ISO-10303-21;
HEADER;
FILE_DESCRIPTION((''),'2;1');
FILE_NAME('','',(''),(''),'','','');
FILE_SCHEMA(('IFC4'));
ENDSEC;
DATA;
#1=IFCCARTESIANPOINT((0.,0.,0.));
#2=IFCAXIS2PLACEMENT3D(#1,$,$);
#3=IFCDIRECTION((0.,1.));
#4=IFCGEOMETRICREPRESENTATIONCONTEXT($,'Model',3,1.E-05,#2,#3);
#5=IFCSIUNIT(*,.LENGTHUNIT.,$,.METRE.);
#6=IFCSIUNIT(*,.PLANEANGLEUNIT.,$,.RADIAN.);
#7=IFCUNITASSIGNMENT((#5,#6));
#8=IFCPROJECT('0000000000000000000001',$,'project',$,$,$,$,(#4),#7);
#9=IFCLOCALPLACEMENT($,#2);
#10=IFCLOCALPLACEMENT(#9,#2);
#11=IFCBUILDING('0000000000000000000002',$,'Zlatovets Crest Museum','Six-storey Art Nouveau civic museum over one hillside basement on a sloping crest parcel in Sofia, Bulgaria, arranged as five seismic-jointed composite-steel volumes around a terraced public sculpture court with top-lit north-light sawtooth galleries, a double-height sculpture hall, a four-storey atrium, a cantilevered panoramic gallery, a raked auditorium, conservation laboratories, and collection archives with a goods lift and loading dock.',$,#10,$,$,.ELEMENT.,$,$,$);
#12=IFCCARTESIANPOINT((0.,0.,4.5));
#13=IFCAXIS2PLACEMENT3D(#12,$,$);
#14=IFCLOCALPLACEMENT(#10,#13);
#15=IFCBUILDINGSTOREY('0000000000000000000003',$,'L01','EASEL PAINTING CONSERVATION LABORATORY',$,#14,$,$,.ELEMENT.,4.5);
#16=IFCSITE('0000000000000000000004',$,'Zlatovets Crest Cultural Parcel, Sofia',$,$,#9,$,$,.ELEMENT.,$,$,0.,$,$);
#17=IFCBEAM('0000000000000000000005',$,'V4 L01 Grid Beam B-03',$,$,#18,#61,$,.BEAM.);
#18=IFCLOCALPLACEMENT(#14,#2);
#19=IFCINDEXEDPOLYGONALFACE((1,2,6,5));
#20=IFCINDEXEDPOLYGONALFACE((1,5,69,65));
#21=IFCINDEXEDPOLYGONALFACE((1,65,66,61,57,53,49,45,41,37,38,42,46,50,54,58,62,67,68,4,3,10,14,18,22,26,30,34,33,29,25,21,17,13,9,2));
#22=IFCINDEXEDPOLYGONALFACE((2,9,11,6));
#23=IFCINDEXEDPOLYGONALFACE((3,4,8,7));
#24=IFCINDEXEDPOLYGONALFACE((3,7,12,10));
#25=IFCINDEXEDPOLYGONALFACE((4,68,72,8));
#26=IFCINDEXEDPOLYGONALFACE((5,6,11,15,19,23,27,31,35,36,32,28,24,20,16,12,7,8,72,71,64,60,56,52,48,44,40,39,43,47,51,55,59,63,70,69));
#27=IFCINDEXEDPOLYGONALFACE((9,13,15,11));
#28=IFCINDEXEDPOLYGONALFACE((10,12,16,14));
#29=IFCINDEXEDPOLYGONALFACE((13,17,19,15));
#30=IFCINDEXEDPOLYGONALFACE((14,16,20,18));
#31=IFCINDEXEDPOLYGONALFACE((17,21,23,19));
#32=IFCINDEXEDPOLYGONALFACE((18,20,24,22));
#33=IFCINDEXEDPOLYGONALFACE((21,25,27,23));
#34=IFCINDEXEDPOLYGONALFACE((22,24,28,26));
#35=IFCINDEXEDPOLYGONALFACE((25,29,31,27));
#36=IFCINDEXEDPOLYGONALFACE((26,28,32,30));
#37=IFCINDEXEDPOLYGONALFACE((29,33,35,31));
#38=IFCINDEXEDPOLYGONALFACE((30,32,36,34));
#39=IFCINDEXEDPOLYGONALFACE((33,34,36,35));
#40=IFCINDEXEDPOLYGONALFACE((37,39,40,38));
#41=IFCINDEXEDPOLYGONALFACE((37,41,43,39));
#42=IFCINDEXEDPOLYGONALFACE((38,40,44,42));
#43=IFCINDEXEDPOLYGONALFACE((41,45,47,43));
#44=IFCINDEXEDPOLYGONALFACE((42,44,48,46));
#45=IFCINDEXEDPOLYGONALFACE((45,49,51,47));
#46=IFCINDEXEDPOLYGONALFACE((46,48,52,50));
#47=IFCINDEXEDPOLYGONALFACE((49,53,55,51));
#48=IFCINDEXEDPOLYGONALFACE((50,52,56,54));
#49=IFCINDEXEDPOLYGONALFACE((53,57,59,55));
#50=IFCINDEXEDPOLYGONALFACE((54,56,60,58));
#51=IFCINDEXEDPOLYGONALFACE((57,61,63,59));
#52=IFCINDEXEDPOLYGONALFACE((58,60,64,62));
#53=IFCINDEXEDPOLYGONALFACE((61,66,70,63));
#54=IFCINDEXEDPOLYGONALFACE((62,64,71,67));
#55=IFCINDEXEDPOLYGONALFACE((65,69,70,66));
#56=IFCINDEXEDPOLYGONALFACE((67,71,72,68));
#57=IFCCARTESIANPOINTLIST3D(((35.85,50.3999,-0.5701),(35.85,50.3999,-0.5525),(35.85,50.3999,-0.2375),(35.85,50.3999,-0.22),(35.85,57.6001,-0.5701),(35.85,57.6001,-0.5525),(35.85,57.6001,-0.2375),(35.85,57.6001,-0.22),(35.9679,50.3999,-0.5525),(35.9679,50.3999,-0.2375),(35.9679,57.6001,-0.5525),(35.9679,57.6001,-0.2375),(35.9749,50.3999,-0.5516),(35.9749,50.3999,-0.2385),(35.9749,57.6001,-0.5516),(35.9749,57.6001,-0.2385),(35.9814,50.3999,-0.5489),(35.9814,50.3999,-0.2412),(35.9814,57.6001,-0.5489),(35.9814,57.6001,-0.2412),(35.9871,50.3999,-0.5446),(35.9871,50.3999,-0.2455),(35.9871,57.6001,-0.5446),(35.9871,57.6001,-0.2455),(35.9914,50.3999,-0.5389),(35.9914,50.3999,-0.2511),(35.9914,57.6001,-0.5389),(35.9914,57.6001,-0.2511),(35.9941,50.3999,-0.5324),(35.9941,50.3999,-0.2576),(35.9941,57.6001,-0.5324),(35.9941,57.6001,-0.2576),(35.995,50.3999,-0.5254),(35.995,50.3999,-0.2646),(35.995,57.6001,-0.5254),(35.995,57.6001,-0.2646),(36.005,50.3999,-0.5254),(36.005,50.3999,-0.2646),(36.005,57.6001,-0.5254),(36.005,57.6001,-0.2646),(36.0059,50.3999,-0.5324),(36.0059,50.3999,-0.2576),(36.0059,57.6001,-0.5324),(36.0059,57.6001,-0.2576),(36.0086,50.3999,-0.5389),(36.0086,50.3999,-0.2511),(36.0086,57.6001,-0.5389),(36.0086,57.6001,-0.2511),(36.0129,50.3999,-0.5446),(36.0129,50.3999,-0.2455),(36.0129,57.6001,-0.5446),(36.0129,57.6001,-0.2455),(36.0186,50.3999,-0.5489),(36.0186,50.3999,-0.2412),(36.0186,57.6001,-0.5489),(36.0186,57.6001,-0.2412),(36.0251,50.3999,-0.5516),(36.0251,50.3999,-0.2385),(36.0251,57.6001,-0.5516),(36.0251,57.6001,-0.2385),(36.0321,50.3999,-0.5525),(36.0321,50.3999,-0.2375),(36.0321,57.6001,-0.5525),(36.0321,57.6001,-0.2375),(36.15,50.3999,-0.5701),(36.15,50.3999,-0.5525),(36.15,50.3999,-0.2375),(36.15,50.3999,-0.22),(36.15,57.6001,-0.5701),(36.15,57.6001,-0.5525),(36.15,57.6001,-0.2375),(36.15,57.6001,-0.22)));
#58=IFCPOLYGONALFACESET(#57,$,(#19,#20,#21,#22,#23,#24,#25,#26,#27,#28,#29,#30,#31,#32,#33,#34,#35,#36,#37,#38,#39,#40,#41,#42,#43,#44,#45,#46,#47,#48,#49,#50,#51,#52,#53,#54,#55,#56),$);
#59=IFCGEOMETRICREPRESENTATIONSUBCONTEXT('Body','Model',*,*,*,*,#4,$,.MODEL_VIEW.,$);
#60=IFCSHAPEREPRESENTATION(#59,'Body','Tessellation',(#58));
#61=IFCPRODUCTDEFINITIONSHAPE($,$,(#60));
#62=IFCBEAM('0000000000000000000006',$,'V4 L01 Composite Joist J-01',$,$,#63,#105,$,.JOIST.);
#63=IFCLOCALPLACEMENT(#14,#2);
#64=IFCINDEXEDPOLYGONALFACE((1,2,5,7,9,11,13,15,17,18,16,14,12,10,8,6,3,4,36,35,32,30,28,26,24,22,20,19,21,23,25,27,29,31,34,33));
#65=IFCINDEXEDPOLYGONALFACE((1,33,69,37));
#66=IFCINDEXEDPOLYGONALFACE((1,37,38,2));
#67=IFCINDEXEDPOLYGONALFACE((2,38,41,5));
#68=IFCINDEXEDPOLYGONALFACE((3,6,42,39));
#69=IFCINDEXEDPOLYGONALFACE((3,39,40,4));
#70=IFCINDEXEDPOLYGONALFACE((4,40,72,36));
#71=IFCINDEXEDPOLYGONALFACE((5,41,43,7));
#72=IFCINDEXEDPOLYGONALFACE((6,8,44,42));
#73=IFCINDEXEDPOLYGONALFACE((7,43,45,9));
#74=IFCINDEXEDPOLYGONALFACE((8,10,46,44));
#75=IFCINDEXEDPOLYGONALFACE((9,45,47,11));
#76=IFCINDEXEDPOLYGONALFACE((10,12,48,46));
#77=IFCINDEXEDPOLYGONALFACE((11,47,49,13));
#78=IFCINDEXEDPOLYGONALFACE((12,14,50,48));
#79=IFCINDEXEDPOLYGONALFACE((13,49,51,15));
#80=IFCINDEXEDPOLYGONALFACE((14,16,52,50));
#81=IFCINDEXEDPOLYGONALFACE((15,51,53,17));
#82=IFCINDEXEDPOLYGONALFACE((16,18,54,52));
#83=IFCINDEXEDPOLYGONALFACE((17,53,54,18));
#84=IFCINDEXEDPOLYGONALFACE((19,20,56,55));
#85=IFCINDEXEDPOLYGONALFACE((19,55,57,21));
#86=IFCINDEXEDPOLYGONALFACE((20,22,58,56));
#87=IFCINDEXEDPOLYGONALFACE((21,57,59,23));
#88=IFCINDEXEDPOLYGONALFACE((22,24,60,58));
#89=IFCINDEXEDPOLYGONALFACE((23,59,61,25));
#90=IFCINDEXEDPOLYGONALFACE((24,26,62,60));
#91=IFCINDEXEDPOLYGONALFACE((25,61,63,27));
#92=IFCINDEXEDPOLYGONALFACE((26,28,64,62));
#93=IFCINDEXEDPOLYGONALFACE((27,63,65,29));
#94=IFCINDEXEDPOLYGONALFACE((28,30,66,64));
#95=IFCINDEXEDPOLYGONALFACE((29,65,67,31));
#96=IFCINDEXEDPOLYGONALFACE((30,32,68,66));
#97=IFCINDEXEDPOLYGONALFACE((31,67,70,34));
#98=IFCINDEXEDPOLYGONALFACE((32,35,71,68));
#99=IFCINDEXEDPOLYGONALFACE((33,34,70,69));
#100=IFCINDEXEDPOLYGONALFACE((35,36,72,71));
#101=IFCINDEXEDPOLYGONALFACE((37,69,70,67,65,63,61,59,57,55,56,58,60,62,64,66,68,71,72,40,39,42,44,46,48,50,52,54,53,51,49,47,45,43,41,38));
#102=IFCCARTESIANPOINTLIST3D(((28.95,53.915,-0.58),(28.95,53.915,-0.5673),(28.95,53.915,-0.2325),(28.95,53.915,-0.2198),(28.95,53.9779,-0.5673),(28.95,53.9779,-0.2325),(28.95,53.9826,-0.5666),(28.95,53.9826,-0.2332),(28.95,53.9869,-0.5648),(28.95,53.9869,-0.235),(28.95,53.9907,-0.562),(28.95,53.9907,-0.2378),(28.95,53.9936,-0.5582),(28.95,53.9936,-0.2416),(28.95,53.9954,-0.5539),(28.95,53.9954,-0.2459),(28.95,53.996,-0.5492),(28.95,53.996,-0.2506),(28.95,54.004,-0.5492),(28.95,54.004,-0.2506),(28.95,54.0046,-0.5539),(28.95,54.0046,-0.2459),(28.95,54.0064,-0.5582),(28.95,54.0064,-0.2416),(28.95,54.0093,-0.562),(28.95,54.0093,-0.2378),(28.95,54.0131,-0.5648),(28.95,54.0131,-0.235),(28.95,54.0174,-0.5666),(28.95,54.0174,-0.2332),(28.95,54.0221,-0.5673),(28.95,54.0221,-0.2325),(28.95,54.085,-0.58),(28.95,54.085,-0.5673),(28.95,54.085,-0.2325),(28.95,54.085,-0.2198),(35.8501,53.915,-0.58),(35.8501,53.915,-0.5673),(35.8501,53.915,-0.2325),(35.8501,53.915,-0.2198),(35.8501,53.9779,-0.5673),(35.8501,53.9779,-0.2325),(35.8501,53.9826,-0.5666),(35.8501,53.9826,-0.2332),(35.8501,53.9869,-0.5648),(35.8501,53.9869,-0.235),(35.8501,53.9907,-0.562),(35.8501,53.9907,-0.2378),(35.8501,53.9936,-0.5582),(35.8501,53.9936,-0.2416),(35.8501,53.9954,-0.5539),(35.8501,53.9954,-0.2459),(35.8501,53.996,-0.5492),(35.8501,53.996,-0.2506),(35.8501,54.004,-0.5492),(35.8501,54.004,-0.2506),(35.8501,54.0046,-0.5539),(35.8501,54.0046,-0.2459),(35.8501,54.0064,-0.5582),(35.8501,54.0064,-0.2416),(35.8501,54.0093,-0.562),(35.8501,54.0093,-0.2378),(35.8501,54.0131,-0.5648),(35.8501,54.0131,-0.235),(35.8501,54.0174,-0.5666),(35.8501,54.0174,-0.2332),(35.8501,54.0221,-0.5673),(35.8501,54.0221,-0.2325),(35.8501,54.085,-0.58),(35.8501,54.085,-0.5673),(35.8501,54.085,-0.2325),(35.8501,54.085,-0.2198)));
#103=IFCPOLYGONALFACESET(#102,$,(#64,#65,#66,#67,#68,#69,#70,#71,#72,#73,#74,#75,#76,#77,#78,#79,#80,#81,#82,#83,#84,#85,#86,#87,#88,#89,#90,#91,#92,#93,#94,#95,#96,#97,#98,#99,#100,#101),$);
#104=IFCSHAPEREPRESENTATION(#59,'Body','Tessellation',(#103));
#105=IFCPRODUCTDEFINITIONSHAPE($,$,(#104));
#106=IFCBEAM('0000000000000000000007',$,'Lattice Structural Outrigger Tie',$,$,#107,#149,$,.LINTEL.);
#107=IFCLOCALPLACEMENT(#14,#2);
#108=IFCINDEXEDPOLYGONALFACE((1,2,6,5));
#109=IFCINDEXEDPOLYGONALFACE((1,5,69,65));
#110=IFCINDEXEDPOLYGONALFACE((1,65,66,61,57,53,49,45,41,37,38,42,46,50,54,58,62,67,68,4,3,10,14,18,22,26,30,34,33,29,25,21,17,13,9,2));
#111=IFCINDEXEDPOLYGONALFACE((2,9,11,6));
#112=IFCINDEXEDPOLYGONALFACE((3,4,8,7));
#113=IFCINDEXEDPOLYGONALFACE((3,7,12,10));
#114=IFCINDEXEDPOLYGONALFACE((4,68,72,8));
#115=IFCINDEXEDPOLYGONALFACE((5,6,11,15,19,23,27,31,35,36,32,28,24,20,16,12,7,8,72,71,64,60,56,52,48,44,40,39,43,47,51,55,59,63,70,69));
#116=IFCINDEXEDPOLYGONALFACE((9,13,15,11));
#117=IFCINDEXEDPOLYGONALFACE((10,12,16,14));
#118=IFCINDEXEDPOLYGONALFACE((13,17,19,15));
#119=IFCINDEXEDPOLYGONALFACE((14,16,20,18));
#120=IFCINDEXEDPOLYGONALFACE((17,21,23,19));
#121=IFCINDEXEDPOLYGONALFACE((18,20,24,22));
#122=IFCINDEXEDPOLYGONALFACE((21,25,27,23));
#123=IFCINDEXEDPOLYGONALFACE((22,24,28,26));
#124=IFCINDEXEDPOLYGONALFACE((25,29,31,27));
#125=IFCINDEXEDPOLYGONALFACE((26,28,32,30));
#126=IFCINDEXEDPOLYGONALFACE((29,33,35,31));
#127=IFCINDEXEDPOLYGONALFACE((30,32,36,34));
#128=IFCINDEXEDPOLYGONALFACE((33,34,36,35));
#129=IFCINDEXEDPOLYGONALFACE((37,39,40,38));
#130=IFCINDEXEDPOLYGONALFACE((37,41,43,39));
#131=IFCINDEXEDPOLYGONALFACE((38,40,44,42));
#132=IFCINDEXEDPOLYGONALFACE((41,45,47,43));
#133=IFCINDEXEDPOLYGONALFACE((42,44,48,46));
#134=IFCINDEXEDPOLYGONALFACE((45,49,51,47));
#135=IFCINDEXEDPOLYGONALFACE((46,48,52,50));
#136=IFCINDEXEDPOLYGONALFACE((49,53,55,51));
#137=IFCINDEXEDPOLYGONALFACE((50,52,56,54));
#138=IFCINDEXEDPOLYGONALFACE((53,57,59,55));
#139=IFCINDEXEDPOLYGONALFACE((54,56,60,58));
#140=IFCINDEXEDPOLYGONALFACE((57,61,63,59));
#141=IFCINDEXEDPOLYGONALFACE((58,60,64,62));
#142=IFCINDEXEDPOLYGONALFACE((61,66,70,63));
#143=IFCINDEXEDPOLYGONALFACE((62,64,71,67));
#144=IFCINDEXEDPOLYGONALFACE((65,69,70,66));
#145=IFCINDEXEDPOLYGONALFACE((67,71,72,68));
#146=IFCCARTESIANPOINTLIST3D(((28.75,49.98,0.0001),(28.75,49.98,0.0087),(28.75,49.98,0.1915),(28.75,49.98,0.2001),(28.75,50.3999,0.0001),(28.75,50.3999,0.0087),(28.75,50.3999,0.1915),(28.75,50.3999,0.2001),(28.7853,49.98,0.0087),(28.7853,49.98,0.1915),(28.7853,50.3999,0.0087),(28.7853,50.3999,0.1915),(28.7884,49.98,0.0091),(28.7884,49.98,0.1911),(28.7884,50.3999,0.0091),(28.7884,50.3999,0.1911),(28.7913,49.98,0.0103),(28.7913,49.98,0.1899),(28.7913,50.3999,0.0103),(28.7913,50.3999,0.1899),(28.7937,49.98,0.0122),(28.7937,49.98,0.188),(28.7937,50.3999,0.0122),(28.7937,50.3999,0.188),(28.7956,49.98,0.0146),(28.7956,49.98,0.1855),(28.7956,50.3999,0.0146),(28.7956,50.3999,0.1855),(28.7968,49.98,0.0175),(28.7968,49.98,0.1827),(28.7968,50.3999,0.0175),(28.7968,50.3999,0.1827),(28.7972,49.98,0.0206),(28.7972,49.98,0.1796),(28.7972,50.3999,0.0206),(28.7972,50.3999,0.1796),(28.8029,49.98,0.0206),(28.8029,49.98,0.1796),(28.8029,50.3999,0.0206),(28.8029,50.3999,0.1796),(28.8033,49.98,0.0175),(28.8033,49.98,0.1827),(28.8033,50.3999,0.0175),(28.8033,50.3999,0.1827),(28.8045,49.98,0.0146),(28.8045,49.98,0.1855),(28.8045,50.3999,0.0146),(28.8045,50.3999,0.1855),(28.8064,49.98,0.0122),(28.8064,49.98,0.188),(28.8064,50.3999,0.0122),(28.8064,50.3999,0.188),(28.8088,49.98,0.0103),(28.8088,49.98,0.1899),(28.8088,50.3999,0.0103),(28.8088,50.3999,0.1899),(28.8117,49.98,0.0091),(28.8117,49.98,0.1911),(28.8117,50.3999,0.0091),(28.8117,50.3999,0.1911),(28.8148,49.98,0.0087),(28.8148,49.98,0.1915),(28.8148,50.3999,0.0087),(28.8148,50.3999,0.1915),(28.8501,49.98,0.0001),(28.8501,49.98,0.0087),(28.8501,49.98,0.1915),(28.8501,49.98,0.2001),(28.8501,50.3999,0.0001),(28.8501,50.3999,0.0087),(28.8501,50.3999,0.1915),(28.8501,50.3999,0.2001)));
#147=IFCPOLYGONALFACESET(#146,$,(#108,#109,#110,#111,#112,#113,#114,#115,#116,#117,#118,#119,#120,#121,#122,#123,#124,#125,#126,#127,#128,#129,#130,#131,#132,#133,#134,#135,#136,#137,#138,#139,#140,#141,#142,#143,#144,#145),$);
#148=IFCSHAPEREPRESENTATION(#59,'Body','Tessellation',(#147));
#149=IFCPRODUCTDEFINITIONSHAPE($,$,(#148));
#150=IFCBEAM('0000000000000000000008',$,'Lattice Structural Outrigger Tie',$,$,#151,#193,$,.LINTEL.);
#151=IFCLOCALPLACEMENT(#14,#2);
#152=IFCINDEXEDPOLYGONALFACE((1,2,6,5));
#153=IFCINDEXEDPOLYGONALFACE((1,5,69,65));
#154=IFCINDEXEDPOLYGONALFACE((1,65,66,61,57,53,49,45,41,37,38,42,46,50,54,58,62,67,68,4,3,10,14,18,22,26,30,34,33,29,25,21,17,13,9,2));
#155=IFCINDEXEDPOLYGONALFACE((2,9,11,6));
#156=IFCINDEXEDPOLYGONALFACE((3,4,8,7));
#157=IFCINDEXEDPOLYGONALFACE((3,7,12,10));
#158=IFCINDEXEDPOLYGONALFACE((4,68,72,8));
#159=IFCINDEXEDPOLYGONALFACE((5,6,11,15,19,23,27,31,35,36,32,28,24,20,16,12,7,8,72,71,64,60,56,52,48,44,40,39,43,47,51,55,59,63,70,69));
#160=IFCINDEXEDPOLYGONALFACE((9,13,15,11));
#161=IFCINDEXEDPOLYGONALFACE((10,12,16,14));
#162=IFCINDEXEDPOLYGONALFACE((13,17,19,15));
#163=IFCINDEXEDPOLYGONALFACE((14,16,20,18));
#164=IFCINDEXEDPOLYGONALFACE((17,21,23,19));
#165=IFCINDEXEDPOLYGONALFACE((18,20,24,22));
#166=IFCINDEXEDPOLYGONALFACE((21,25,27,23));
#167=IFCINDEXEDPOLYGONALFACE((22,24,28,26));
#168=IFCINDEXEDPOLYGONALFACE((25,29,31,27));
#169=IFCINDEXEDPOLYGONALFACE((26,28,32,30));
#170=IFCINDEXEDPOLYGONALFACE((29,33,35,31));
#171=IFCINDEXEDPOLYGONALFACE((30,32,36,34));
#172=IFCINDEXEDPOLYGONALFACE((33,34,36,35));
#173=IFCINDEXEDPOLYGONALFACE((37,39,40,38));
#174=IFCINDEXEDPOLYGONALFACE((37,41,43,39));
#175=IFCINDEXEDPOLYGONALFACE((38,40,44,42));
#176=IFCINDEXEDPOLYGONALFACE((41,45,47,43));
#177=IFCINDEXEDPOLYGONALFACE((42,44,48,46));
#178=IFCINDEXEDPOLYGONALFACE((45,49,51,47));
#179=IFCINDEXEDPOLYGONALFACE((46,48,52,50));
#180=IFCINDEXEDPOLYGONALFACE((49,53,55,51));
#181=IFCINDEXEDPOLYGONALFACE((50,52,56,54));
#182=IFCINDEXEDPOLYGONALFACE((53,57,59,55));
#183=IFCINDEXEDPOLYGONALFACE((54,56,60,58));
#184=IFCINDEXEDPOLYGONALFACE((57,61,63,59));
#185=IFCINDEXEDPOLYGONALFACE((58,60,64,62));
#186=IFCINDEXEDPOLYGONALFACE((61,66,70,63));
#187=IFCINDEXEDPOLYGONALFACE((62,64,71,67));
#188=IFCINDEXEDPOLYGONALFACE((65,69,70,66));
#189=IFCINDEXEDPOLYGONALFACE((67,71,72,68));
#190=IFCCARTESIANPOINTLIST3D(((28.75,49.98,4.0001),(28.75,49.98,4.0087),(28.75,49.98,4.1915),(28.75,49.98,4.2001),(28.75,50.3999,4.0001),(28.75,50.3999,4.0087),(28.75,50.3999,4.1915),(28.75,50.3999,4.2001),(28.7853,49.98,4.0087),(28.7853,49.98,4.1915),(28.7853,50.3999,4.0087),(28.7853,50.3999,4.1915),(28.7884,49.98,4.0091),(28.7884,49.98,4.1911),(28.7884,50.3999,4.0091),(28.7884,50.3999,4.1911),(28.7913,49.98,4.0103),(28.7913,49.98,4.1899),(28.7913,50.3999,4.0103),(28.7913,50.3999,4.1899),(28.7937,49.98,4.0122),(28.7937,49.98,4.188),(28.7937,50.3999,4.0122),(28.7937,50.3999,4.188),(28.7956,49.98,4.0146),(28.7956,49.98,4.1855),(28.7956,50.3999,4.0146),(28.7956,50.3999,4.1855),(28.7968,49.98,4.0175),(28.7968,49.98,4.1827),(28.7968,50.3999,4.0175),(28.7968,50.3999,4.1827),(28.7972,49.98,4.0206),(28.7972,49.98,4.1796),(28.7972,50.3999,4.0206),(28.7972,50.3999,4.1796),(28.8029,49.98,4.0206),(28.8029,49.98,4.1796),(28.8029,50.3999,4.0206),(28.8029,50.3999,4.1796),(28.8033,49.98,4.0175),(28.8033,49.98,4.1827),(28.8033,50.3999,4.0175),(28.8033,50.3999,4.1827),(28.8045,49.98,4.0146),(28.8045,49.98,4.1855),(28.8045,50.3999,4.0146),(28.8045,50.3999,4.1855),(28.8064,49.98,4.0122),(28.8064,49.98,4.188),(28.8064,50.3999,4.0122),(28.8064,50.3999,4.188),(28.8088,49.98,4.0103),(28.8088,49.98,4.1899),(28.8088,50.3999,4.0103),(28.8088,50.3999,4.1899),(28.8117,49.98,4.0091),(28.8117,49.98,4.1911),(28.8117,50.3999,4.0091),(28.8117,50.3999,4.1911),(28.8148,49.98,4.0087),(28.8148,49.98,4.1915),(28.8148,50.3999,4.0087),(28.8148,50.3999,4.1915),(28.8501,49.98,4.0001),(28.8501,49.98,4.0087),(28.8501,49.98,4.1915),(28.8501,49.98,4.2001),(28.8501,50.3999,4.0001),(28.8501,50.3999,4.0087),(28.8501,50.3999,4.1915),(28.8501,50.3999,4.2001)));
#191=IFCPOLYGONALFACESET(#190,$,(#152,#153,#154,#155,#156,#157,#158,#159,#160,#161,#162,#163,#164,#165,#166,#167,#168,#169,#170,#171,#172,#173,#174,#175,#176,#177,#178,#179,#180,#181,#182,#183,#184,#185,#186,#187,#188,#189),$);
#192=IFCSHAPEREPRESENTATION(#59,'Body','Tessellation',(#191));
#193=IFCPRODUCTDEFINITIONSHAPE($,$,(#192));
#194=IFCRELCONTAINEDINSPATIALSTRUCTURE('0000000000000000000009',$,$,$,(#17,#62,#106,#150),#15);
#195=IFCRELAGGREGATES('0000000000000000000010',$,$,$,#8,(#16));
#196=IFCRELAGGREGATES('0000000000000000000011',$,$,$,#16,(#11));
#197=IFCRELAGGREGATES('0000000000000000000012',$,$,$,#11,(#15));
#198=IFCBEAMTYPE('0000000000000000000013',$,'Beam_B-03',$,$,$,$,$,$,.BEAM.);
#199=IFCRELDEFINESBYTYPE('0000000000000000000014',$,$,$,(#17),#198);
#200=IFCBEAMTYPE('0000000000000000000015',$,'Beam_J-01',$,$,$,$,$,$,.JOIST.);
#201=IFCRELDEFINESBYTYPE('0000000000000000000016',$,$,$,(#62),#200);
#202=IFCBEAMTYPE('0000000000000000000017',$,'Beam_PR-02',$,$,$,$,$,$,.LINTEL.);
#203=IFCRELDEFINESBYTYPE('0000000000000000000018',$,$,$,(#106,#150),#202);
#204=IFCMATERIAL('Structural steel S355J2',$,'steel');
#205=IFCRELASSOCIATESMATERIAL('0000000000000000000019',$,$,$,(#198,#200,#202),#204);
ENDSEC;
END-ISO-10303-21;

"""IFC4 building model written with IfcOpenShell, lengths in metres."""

from ifc_helpers import new_model, si_unit, direction, frame, origin, origin_2d, place, context, subcontext, project, spatial, i_section, extrude, material, material_profile, profile_set, type_object, element, save


model = new_model("IFC4")

# Units and contexts
model_context = context("Model", 3, precision=1e-05, world=origin(), true_north=direction((0.0, 1.0)))
body_context = subcontext(model_context, "Body", "Model", "MODEL_VIEW")
ifc_project = project(units=[si_unit("LENGTHUNIT", "METRE"), si_unit("PLANEANGLEUNIT", "RADIAN")], contexts=[model_context])

# Site, building, storey
site_placement = place(None, origin())
site = spatial("IfcSite", under=ifc_project, at=site_placement, Name="Zlatovets Crest Cultural Parcel, Sofia", CompositionType="ELEMENT", RefElevation=0.0)
building_placement = place(site_placement, origin())
building = spatial("IfcBuilding", under=site, at=building_placement, Name="Zlatovets Crest Museum", Description="Six-storey Art Nouveau civic museum over one hillside basement on a sloping crest parcel in Sofia, Bulgaria, arranged as five seismic-jointed composite-steel volumes around a terraced public sculpture court with top-lit north-light sawtooth galleries, a double-height sculpture hall, a four-storey atrium, a cantilevered panoramic gallery, a raked auditorium, conservation laboratories, and collection archives with a goods lift and loading dock.", CompositionType="ELEMENT")
storey_placement = place(building_placement, frame((0.0, 0.0, 4.5)))
storey = spatial("IfcBuildingStorey", under=building, at=storey_placement, Name="L01", Description="EASEL PAINTING CONSERVATION LABORATORY", CompositionType="ELEMENT", Elevation=4.5)

# Shared definitions
ifc_material_1 = material(Name="Structural steel S355J2", Category="steel")

# Beams
ifc_material_profile_1 = material_profile(ifc_material_1, i_section(OverallWidth=0.3, OverallDepth=0.3501, WebThickness=0.01, FlangeThickness=0.0176, FilletRadius=0.0271, at=origin_2d()), Name="HEA 360")
ifc_profile_set_1 = profile_set([ifc_material_profile_1], Name="Structural steel S355J2")
beam_type_1 = type_object("IfcBeamType", Name="Beam_B-03", PredefinedType="BEAM", material=ifc_profile_set_1)
for number, where, z_axis, x_axis, name in (
    (1, (36.0, 50.3999, -0.395), (0.0, 1.0, 0.0), (-1.0, 0.0, 0.0), "V4 L01 Grid Beam B-03"),
):
    element("IfcBeam", number, at=place(storey_placement, frame(where, z_axis=z_axis, x_axis=x_axis)), inside=storey, type_object=beam_type_1, Name=name, PredefinedType="BEAM", context=body_context, shape_type="SweptSolid", body=[
        extrude(i_section(OverallWidth=0.3, OverallDepth=0.3501, WebThickness=0.01, FlangeThickness=0.0176, FilletRadius=0.0271, at=origin_2d()), origin(), (0.0, 0.0, 1.0), 7.2002),
    ])
ifc_material_profile_2 = material_profile(ifc_material_1, i_section(OverallWidth=0.1699, OverallDepth=0.3601, WebThickness=0.0081, FlangeThickness=0.0127, FilletRadius=0.0181, at=origin_2d()), Name="IPE 360")
ifc_profile_set_2 = profile_set([ifc_material_profile_2], Name="Structural steel S355J2")
beam_type_2 = type_object("IfcBeamType", Name="Beam_J-01", PredefinedType="JOIST", material=ifc_profile_set_2)
beam_1_placement = place(storey_placement, frame((28.95, 54.0, -0.3999), z_axis=(1.0, 0.0, 0.0), x_axis=(0.0, 1.0, 0.0)))
element("IfcBeam", 2, at=beam_1_placement, inside=storey, type_object=beam_type_2, Name="V4 L01 Composite Joist J-01", PredefinedType="JOIST", context=body_context, shape_type="SweptSolid", body=[
    extrude(i_section(OverallWidth=0.1699, OverallDepth=0.3601, WebThickness=0.0081, FlangeThickness=0.0127, FilletRadius=0.0181, at=origin_2d()), origin(), (0.0, 0.0, 1.0), 6.9001),
])
ifc_material_profile_3 = material_profile(ifc_material_1, i_section(OverallWidth=0.1001, OverallDepth=0.2, WebThickness=0.0056, FlangeThickness=0.0085, FilletRadius=0.012, at=origin_2d()), Name="IPE 200")
ifc_profile_set_3 = profile_set([ifc_material_profile_3], Name="Structural steel S355J2")
beam_type_3 = type_object("IfcBeamType", Name="Beam_PR-02", PredefinedType="LINTEL", material=ifc_profile_set_3)
for number, where, z_axis, x_axis, name in (
    (3, (28.8, 50.3999, 0.1001), (0.0, -1.0, 0.0), (1.0, 0.0, 0.0), "Lattice Structural Outrigger Tie"),
    (4, (28.8, 50.3999, 4.1001), (0.0, -1.0, 0.0), (1.0, 0.0, 0.0), "Lattice Structural Outrigger Tie"),
):
    element("IfcBeam", number, at=place(storey_placement, frame(where, z_axis=z_axis, x_axis=x_axis)), inside=storey, type_object=beam_type_3, Name=name, PredefinedType="LINTEL", context=body_context, shape_type="SweptSolid", body=[
        extrude(i_section(OverallWidth=0.1001, OverallDepth=0.2, WebThickness=0.0056, FlangeThickness=0.0085, FilletRadius=0.012, at=origin_2d()), origin(), (0.0, 0.0, 1.0), 0.4199),
    ])

save(model, "model.ifc")
